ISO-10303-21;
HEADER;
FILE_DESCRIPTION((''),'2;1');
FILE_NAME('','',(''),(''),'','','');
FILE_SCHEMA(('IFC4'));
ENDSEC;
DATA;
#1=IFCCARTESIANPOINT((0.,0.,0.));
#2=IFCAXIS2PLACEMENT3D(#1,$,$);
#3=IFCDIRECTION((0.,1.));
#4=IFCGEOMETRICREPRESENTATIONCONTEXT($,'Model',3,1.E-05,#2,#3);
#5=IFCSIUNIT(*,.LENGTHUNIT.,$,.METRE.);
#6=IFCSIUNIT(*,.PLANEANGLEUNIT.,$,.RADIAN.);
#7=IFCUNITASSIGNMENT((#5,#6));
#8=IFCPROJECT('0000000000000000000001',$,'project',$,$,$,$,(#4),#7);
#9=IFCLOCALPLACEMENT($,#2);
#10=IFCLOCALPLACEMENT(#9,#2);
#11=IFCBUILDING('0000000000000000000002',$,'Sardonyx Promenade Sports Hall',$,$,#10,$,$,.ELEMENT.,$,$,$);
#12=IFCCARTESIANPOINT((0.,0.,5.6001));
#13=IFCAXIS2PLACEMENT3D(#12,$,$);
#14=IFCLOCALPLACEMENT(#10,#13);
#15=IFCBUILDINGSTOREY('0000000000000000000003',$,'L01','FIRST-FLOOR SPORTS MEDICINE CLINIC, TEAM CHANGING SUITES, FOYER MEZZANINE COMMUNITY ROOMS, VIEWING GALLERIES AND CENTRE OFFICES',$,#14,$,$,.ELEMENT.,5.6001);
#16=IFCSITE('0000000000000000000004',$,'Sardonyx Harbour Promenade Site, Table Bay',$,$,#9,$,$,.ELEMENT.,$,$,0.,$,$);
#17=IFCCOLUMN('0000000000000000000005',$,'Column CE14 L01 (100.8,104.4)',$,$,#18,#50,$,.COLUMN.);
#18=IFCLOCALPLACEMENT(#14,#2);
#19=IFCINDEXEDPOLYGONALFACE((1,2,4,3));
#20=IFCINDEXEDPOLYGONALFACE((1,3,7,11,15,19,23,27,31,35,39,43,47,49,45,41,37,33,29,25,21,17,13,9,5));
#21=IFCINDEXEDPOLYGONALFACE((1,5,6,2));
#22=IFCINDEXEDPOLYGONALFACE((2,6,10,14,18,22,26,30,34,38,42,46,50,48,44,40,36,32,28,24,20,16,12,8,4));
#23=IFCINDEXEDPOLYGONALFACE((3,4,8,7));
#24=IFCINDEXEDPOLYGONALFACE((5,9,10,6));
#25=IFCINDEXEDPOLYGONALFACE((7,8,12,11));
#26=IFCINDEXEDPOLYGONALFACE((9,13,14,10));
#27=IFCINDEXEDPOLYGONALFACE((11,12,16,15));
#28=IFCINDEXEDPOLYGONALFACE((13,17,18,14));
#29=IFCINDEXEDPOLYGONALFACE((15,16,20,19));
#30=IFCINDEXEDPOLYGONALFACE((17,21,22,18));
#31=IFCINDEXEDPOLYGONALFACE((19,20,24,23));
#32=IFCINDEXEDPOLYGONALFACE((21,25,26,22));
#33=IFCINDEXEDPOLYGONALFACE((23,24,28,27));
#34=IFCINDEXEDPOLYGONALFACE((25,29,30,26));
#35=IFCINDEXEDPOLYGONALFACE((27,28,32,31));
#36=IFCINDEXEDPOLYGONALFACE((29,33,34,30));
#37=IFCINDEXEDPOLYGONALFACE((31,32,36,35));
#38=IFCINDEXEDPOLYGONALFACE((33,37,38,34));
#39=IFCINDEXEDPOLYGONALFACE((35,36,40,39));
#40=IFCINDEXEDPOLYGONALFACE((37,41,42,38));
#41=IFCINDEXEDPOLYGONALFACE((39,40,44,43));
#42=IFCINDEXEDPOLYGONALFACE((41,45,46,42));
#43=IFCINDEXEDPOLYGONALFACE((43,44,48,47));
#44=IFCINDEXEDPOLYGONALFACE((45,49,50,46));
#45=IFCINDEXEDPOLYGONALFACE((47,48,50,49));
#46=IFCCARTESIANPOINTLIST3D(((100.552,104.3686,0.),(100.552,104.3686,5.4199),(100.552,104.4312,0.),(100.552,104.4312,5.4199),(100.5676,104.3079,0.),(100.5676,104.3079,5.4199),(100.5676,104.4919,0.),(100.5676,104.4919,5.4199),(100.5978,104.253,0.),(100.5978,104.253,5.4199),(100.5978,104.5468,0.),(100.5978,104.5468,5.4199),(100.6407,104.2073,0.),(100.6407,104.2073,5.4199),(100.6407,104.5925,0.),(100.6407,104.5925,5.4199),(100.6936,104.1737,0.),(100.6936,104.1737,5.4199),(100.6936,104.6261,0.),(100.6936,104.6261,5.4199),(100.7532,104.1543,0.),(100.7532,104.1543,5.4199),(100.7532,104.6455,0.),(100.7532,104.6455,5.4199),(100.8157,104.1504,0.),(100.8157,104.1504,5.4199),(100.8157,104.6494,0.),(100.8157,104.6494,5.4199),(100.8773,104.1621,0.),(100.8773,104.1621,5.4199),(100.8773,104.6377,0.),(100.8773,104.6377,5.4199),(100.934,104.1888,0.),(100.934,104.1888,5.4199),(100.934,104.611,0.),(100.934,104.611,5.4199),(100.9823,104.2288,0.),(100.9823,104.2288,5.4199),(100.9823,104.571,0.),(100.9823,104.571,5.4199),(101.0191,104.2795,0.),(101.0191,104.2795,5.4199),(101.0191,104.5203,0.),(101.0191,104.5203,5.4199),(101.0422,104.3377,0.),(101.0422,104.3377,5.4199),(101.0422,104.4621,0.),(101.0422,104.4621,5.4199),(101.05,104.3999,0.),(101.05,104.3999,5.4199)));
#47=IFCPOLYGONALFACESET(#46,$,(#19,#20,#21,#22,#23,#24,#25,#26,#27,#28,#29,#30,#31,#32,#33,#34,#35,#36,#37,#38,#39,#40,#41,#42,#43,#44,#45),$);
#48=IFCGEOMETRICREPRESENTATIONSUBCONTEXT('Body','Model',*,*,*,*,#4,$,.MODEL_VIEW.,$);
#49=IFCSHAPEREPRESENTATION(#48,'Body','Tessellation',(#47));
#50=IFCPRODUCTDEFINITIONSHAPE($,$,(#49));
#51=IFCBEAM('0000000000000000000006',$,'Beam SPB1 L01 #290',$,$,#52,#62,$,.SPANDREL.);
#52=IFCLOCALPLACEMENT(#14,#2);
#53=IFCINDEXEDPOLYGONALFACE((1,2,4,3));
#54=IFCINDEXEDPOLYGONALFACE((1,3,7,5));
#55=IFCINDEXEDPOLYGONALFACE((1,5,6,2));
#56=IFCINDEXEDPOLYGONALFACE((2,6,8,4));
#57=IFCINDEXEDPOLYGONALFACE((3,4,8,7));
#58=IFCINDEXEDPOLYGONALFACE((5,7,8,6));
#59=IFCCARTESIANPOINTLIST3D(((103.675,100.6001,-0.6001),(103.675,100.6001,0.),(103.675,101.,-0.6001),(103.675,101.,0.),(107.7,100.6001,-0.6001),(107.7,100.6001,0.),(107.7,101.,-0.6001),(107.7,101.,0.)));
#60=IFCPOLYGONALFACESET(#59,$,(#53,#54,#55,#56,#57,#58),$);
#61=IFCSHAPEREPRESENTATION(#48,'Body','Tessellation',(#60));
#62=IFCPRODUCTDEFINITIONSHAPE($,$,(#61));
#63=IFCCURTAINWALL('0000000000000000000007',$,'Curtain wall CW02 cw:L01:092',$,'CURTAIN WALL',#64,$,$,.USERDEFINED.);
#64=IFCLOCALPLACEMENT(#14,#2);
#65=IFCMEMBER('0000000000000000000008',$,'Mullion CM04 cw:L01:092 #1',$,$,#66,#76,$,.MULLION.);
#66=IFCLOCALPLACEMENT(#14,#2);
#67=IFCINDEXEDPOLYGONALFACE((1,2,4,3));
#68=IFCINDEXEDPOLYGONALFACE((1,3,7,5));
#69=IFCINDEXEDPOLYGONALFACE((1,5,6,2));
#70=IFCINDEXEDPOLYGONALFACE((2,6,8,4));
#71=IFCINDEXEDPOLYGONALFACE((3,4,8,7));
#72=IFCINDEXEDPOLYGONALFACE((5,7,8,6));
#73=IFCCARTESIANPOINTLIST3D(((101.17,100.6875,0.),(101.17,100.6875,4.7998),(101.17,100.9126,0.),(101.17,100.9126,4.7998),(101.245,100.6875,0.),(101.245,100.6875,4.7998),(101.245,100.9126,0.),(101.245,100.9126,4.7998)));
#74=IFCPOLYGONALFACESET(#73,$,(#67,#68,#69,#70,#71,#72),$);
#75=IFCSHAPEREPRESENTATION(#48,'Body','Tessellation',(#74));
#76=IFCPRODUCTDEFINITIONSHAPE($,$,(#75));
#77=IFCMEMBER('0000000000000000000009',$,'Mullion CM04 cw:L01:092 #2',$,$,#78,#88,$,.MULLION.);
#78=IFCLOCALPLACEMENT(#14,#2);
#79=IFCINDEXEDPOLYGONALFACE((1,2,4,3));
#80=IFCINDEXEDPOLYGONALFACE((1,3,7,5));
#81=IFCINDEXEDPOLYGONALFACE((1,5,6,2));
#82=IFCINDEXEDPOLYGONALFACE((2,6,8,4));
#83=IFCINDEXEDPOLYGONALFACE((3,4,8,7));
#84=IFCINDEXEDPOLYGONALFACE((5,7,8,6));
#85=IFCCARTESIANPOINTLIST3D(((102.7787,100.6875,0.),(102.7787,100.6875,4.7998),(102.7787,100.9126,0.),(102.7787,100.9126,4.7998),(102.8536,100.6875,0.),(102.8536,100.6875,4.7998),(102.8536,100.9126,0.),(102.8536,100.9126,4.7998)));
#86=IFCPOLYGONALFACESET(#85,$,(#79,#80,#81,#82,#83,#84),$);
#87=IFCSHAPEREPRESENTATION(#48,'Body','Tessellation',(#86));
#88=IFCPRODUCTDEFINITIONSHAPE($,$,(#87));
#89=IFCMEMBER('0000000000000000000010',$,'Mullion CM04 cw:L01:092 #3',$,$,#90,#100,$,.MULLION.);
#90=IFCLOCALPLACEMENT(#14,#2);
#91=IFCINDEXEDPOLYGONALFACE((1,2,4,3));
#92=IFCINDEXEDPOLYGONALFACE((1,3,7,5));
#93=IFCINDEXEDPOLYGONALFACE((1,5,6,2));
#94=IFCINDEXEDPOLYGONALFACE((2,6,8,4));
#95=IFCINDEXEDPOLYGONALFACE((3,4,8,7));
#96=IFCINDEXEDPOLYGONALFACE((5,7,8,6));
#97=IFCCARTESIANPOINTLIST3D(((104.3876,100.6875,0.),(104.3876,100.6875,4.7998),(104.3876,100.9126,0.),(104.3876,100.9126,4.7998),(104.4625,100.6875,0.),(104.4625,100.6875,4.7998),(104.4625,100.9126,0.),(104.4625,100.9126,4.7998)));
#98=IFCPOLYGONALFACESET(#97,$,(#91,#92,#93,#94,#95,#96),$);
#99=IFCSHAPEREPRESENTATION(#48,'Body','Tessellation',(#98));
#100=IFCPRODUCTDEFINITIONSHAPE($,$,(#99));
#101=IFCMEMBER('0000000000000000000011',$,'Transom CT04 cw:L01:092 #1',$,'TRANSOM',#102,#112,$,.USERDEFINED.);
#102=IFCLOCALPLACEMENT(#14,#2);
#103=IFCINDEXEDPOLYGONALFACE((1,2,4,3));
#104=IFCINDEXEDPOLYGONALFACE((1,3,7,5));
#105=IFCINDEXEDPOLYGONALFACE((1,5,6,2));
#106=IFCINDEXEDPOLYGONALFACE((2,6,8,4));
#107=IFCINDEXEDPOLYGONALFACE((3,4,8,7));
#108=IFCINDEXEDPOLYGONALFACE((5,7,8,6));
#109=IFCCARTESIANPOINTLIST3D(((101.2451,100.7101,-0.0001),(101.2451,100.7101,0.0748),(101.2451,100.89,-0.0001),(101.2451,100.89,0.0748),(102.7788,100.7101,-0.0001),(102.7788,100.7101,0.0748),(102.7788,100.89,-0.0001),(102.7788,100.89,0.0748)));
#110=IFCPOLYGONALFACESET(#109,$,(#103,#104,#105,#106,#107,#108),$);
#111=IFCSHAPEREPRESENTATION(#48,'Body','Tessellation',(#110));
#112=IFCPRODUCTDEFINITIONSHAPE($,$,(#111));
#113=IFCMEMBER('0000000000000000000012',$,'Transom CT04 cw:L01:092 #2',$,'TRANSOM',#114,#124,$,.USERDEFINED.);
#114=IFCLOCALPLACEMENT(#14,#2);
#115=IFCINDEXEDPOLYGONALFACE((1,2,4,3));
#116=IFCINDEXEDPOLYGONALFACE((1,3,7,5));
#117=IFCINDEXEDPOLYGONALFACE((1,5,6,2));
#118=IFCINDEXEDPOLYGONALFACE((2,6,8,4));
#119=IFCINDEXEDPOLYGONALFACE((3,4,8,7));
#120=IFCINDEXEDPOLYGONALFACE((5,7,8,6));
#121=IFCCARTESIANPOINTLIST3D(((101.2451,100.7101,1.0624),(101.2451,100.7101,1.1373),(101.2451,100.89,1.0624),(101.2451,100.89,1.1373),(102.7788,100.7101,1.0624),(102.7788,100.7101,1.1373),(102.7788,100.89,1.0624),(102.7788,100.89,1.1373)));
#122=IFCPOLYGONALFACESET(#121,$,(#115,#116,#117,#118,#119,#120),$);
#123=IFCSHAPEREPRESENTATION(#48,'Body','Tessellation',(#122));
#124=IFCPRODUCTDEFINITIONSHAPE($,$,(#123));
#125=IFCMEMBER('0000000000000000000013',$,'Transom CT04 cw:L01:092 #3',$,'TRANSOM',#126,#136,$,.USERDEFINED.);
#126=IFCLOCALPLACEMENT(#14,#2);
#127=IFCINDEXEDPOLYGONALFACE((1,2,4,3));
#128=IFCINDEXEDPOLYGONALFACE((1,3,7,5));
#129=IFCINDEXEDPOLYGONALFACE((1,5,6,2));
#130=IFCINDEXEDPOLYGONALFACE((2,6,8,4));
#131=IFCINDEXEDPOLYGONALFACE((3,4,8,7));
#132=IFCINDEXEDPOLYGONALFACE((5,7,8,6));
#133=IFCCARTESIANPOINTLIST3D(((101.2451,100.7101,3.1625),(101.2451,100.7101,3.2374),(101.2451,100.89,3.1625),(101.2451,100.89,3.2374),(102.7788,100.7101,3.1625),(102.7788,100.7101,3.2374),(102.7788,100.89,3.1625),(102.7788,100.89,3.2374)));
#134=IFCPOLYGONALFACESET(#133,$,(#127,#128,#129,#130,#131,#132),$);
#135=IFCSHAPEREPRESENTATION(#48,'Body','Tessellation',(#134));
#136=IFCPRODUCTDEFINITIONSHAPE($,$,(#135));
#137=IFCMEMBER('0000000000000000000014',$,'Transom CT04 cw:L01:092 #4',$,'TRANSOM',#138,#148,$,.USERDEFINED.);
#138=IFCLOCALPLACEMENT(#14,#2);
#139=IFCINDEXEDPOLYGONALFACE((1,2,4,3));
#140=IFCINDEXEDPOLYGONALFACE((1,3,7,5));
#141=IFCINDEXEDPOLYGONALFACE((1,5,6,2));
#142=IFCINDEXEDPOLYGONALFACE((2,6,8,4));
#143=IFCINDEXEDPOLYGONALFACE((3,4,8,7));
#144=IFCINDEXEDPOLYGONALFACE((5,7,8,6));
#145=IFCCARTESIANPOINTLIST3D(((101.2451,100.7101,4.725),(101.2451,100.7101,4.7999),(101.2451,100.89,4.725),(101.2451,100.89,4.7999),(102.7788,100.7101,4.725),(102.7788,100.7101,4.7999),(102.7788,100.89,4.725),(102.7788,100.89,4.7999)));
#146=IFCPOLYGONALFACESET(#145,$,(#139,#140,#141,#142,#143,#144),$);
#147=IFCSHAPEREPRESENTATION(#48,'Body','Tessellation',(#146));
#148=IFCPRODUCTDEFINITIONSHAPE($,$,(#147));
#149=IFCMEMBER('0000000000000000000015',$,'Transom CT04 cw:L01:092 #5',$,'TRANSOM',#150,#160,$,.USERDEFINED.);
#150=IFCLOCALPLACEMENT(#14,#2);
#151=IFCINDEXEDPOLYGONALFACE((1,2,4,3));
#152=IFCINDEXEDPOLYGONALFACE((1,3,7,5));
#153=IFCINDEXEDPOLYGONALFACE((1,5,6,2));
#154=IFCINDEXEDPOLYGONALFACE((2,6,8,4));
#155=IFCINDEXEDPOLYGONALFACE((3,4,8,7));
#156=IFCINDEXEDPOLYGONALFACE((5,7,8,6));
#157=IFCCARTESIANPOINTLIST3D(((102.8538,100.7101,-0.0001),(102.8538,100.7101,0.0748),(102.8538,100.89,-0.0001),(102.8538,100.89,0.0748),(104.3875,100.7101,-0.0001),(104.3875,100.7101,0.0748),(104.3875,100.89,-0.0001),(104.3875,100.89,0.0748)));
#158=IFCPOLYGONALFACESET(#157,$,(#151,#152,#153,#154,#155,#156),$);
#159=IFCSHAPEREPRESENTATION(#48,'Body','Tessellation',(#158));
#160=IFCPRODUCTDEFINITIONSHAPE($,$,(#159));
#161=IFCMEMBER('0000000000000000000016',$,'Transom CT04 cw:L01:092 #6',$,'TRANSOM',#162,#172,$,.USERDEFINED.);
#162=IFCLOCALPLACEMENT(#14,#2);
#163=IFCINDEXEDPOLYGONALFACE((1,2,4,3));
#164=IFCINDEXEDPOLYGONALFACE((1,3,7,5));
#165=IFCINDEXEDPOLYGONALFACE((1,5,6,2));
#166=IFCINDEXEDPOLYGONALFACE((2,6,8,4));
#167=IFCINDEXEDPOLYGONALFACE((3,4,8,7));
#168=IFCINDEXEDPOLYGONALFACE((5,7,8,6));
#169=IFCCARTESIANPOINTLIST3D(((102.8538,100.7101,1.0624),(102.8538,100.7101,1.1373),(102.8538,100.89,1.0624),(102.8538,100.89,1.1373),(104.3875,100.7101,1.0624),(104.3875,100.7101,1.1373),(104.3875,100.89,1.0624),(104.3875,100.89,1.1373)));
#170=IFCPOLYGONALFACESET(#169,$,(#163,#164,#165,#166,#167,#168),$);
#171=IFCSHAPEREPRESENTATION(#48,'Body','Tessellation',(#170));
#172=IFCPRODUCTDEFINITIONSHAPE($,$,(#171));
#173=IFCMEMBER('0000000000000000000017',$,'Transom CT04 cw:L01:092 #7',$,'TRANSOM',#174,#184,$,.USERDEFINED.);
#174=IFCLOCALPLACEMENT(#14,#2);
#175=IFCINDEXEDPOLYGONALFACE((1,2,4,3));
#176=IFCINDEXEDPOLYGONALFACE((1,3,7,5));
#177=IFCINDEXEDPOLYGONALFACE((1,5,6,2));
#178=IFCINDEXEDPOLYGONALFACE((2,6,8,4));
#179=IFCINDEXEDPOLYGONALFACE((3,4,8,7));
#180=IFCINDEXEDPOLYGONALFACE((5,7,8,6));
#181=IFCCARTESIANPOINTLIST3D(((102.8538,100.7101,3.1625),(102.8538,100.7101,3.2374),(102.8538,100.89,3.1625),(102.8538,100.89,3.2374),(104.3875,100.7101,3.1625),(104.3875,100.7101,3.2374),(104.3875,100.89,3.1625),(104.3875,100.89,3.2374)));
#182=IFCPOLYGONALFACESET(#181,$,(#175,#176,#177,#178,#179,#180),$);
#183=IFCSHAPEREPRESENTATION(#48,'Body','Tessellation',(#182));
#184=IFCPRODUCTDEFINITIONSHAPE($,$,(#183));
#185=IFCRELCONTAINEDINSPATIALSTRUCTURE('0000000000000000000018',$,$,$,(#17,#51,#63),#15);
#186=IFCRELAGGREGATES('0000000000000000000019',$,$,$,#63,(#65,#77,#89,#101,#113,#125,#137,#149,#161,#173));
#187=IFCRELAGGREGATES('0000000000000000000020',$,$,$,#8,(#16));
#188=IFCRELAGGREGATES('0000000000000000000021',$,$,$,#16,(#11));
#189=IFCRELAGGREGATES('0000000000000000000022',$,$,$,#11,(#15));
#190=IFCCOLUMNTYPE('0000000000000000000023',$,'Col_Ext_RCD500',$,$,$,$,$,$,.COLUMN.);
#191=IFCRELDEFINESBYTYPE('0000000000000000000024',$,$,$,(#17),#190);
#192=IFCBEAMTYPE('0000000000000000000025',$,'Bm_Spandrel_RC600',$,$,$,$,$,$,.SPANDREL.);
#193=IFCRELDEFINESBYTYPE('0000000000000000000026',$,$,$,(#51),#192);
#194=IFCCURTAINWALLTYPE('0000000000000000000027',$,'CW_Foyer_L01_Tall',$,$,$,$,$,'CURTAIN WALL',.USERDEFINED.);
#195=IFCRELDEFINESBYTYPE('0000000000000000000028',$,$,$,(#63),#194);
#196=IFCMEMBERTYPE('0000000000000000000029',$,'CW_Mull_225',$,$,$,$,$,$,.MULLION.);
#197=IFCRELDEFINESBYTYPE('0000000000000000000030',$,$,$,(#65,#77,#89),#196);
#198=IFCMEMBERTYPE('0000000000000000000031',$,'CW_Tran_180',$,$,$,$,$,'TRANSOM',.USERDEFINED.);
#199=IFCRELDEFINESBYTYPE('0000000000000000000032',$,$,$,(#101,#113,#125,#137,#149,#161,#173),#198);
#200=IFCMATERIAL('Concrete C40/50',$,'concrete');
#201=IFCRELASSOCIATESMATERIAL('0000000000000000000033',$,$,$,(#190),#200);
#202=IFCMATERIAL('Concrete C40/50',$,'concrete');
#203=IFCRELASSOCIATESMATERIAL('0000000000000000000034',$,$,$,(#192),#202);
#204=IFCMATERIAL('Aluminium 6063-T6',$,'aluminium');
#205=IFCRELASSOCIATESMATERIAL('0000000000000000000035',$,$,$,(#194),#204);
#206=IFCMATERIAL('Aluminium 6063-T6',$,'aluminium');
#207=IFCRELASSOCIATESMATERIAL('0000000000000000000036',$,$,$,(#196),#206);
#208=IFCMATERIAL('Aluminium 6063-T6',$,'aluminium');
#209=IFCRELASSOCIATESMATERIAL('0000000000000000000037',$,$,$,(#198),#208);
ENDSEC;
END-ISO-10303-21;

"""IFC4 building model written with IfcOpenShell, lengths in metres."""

from ifc_helpers import new_model, si_unit, direction, frame, origin, origin_2d, place, context, subcontext, project, spatial, rectangle, circle, extrude, material, material_profile, profile_set, type_object, element, aggregate, save


model = new_model("IFC4")

# Units and contexts
model_context = context("Model", 3, precision=1e-05, world=origin(), true_north=direction((0.0, 1.0)))
body_context = subcontext(model_context, "Body", "Model", "MODEL_VIEW")
ifc_project = project(units=[si_unit("LENGTHUNIT", "METRE"), si_unit("PLANEANGLEUNIT", "RADIAN")], contexts=[model_context])

# Site, building, storey
site_placement = place(None, origin())
site = spatial("IfcSite", under=ifc_project, at=site_placement, Name="Sardonyx Harbour Promenade Site, Table Bay", CompositionType="ELEMENT", RefElevation=0.0)
building_placement = place(site_placement, origin())
building = spatial("IfcBuilding", under=site, at=building_placement, Name="Sardonyx Promenade Sports Hall", CompositionType="ELEMENT")
storey_placement = place(building_placement, frame((0.0, 0.0, 5.6001)))
storey = spatial("IfcBuildingStorey", under=building, at=storey_placement, Name="L01", Description="FIRST-FLOOR SPORTS MEDICINE CLINIC, TEAM CHANGING SUITES, FOYER MEZZANINE COMMUNITY ROOMS, VIEWING GALLERIES AND CENTRE OFFICES", CompositionType="ELEMENT", Elevation=5.6001)

# Column
ifc_material_1 = material(Name="Concrete C40/50", Category="concrete")
ifc_material_profile_1 = material_profile(ifc_material_1, circle(Radius=0.25, at=origin_2d()))
ifc_profile_set_1 = profile_set([ifc_material_profile_1], Name="Concrete C40/50")
column_type = type_object("IfcColumnType", Name="Col_Ext_RCD500", PredefinedType="COLUMN", material=ifc_profile_set_1)
column_placement = place(storey_placement, frame((100.8, 104.3999, 0.0), z_axis=(0.0, 0.0, 1.0), x_axis=(1.0, 0.0, 0.0)))
element("IfcColumn", 1, at=column_placement, inside=storey, type_object=column_type, Name="Column CE14 L01 (100.8,104.4)", PredefinedType="COLUMN", context=body_context, shape_type="SweptSolid", body=[
    extrude(circle(Radius=0.25, at=origin_2d()), origin(), (0.0, 0.0, 1.0), 5.4199),
])

# Beam
ifc_material_2 = material(Name="Concrete C40/50", Category="concrete")
ifc_material_profile_2 = material_profile(ifc_material_2, rectangle(XDim=0.3999, YDim=0.6001, at=origin_2d()))
ifc_profile_set_2 = profile_set([ifc_material_profile_2], Name="Concrete C40/50")
beam_type = type_object("IfcBeamType", Name="Bm_Spandrel_RC600", PredefinedType="SPANDREL", material=ifc_profile_set_2)
beam_placement = place(storey_placement, frame((103.675, 100.8, -0.3), z_axis=(1.0, 0.0, 0.0), x_axis=(0.0, 1.0, 0.0)))
element("IfcBeam", 2, at=beam_placement, inside=storey, type_object=beam_type, Name="Beam SPB1 L01 #290", PredefinedType="SPANDREL", context=body_context, shape_type="SweptSolid", body=[
    extrude(rectangle(XDim=0.3999, YDim=0.6001, at=origin_2d()), origin(), (0.0, 0.0, 1.0), 4.0249),
])

# Curtain wall, members
ifc_material_3 = material(Name="Aluminium 6063-T6", Category="aluminium")
curtain_wall_type = type_object("IfcCurtainWallType", Name="CW_Foyer_L01_Tall", ElementType="CURTAIN WALL", PredefinedType="USERDEFINED", material=ifc_material_3)
curtain_wall_placement = place(storey_placement, origin())
curtain_wall = element("IfcCurtainWall", 3, at=curtain_wall_placement, inside=storey, type_object=curtain_wall_type, Name="Curtain wall CW02 cw:L01:092", ObjectType="CURTAIN WALL", PredefinedType="USERDEFINED")
ifc_material_4 = material(Name="Aluminium 6063-T6", Category="aluminium")
ifc_material_profile_3 = material_profile(ifc_material_4, rectangle(XDim=0.075, YDim=0.2251, at=origin_2d()))
ifc_profile_set_3 = profile_set([ifc_material_profile_3], Name="Aluminium 6063-T6")
member_type_1 = type_object("IfcMemberType", Name="CW_Mull_225", PredefinedType="MULLION", material=ifc_profile_set_3)
member_1_placement = place(storey_placement, frame((101.2075, 100.8, 0.0), z_axis=(0.0, 0.0, 1.0), x_axis=(1.0, 0.0, 0.0)))
member_1 = element("IfcMember", 4, at=member_1_placement, type_object=member_type_1, Name="Mullion CM04 cw:L01:092 #1", PredefinedType="MULLION", context=body_context, shape_type="SweptSolid", body=[
    extrude(rectangle(XDim=0.075, YDim=0.2251, at=origin_2d()), origin(), (0.0, 0.0, 1.0), 4.7998),
])
member_2_placement = place(storey_placement, frame((102.8162, 100.8, 0.0), z_axis=(0.0, 0.0, 1.0), x_axis=(1.0, 0.0, 0.0)))
member_2 = element("IfcMember", 5, at=member_2_placement, type_object=member_type_1, Name="Mullion CM04 cw:L01:092 #2", PredefinedType="MULLION", context=body_context, shape_type="SweptSolid", body=[
    extrude(rectangle(XDim=0.075, YDim=0.2251, at=origin_2d()), origin(), (0.0, 0.0, 1.0), 4.7998),
])
member_3_placement = place(storey_placement, frame((104.425, 100.8, 0.0), z_axis=(0.0, 0.0, 1.0), x_axis=(1.0, 0.0, 0.0)))
member_3 = element("IfcMember", 6, at=member_3_placement, type_object=member_type_1, Name="Mullion CM04 cw:L01:092 #3", PredefinedType="MULLION", context=body_context, shape_type="SweptSolid", body=[
    extrude(rectangle(XDim=0.075, YDim=0.2251, at=origin_2d()), origin(), (0.0, 0.0, 1.0), 4.7998),
])
ifc_material_5 = material(Name="Aluminium 6063-T6", Category="aluminium")
ifc_material_profile_4 = material_profile(ifc_material_5, rectangle(XDim=0.075, YDim=0.1799, at=origin_2d()))
ifc_profile_set_4 = profile_set([ifc_material_profile_4], Name="Aluminium 6063-T6")
member_type_2 = type_object("IfcMemberType", Name="CW_Tran_180", ElementType="TRANSOM", PredefinedType="USERDEFINED", material=ifc_profile_set_4)
member_4_placement = place(storey_placement, frame((101.2451, 100.8, 0.0374), z_axis=(1.0, 0.0, 0.0), x_axis=(0.0, 0.0, 1.0)))
member_4 = element("IfcMember", 7, at=member_4_placement, type_object=member_type_2, Name="Transom CT04 cw:L01:092 #1", ObjectType="TRANSOM", PredefinedType="USERDEFINED", context=body_context, shape_type="SweptSolid", body=[
    extrude(rectangle(XDim=0.075, YDim=0.1799, at=origin_2d()), origin(), (0.0, 0.0, 1.0), 1.5337),
])
member_5_placement = place(storey_placement, frame((101.2451, 100.8, 1.0999), z_axis=(1.0, 0.0, 0.0), x_axis=(0.0, 0.0, 1.0)))
member_5 = element("IfcMember", 8, at=member_5_placement, type_object=member_type_2, Name="Transom CT04 cw:L01:092 #2", ObjectType="TRANSOM", PredefinedType="USERDEFINED", context=body_context, shape_type="SweptSolid", body=[
    extrude(rectangle(XDim=0.075, YDim=0.1799, at=origin_2d()), origin(), (0.0, 0.0, 1.0), 1.5337),
])
member_6_placement = place(storey_placement, frame((101.2451, 100.8, 3.2), z_axis=(1.0, 0.0, 0.0), x_axis=(0.0, 0.0, 1.0)))
member_6 = element("IfcMember", 9, at=member_6_placement, type_object=member_type_2, Name="Transom CT04 cw:L01:092 #3", ObjectType="TRANSOM", PredefinedType="USERDEFINED", context=body_context, shape_type="SweptSolid", body=[
    extrude(rectangle(XDim=0.075, YDim=0.1799, at=origin_2d()), origin(), (0.0, 0.0, 1.0), 1.5337),
])
member_7_placement = place(storey_placement, frame((101.2451, 100.8, 4.7625), z_axis=(1.0, 0.0, 0.0), x_axis=(0.0, 0.0, 1.0)))
member_7 = element("IfcMember", 10, at=member_7_placement, type_object=member_type_2, Name="Transom CT04 cw:L01:092 #4", ObjectType="TRANSOM", PredefinedType="USERDEFINED", context=body_context, shape_type="SweptSolid", body=[
    extrude(rectangle(XDim=0.075, YDim=0.1799, at=origin_2d()), origin(), (0.0, 0.0, 1.0), 1.5337),
])
member_8_placement = place(storey_placement, frame((102.8538, 100.8, 0.0374), z_axis=(1.0, 0.0, 0.0), x_axis=(0.0, 0.0, 1.0)))
member_8 = element("IfcMember", 11, at=member_8_placement, type_object=member_type_2, Name="Transom CT04 cw:L01:092 #5", ObjectType="TRANSOM", PredefinedType="USERDEFINED", context=body_context, shape_type="SweptSolid", body=[
    extrude(rectangle(XDim=0.075, YDim=0.1799, at=origin_2d()), origin(), (0.0, 0.0, 1.0), 1.5337),
])
member_9_placement = place(storey_placement, frame((102.8538, 100.8, 1.0999), z_axis=(1.0, 0.0, 0.0), x_axis=(0.0, 0.0, 1.0)))
member_9 = element("IfcMember", 12, at=member_9_placement, type_object=member_type_2, Name="Transom CT04 cw:L01:092 #6", ObjectType="TRANSOM", PredefinedType="USERDEFINED", context=body_context, shape_type="SweptSolid", body=[
    extrude(rectangle(XDim=0.075, YDim=0.1799, at=origin_2d()), origin(), (0.0, 0.0, 1.0), 1.5337),
])
member_10_placement = place(storey_placement, frame((102.8538, 100.8, 3.2), z_axis=(1.0, 0.0, 0.0), x_axis=(0.0, 0.0, 1.0)))
member_10 = element("IfcMember", 13, at=member_10_placement, type_object=member_type_2, Name="Transom CT04 cw:L01:092 #7", ObjectType="TRANSOM", PredefinedType="USERDEFINED", context=body_context, shape_type="SweptSolid", body=[
    extrude(rectangle(XDim=0.075, YDim=0.1799, at=origin_2d()), origin(), (0.0, 0.0, 1.0), 1.5337),
])

aggregate(curtain_wall, [member_1, member_2, member_3, member_4, member_5, member_6, member_7, member_8, member_9, member_10])

save(model, "model.ifc")
